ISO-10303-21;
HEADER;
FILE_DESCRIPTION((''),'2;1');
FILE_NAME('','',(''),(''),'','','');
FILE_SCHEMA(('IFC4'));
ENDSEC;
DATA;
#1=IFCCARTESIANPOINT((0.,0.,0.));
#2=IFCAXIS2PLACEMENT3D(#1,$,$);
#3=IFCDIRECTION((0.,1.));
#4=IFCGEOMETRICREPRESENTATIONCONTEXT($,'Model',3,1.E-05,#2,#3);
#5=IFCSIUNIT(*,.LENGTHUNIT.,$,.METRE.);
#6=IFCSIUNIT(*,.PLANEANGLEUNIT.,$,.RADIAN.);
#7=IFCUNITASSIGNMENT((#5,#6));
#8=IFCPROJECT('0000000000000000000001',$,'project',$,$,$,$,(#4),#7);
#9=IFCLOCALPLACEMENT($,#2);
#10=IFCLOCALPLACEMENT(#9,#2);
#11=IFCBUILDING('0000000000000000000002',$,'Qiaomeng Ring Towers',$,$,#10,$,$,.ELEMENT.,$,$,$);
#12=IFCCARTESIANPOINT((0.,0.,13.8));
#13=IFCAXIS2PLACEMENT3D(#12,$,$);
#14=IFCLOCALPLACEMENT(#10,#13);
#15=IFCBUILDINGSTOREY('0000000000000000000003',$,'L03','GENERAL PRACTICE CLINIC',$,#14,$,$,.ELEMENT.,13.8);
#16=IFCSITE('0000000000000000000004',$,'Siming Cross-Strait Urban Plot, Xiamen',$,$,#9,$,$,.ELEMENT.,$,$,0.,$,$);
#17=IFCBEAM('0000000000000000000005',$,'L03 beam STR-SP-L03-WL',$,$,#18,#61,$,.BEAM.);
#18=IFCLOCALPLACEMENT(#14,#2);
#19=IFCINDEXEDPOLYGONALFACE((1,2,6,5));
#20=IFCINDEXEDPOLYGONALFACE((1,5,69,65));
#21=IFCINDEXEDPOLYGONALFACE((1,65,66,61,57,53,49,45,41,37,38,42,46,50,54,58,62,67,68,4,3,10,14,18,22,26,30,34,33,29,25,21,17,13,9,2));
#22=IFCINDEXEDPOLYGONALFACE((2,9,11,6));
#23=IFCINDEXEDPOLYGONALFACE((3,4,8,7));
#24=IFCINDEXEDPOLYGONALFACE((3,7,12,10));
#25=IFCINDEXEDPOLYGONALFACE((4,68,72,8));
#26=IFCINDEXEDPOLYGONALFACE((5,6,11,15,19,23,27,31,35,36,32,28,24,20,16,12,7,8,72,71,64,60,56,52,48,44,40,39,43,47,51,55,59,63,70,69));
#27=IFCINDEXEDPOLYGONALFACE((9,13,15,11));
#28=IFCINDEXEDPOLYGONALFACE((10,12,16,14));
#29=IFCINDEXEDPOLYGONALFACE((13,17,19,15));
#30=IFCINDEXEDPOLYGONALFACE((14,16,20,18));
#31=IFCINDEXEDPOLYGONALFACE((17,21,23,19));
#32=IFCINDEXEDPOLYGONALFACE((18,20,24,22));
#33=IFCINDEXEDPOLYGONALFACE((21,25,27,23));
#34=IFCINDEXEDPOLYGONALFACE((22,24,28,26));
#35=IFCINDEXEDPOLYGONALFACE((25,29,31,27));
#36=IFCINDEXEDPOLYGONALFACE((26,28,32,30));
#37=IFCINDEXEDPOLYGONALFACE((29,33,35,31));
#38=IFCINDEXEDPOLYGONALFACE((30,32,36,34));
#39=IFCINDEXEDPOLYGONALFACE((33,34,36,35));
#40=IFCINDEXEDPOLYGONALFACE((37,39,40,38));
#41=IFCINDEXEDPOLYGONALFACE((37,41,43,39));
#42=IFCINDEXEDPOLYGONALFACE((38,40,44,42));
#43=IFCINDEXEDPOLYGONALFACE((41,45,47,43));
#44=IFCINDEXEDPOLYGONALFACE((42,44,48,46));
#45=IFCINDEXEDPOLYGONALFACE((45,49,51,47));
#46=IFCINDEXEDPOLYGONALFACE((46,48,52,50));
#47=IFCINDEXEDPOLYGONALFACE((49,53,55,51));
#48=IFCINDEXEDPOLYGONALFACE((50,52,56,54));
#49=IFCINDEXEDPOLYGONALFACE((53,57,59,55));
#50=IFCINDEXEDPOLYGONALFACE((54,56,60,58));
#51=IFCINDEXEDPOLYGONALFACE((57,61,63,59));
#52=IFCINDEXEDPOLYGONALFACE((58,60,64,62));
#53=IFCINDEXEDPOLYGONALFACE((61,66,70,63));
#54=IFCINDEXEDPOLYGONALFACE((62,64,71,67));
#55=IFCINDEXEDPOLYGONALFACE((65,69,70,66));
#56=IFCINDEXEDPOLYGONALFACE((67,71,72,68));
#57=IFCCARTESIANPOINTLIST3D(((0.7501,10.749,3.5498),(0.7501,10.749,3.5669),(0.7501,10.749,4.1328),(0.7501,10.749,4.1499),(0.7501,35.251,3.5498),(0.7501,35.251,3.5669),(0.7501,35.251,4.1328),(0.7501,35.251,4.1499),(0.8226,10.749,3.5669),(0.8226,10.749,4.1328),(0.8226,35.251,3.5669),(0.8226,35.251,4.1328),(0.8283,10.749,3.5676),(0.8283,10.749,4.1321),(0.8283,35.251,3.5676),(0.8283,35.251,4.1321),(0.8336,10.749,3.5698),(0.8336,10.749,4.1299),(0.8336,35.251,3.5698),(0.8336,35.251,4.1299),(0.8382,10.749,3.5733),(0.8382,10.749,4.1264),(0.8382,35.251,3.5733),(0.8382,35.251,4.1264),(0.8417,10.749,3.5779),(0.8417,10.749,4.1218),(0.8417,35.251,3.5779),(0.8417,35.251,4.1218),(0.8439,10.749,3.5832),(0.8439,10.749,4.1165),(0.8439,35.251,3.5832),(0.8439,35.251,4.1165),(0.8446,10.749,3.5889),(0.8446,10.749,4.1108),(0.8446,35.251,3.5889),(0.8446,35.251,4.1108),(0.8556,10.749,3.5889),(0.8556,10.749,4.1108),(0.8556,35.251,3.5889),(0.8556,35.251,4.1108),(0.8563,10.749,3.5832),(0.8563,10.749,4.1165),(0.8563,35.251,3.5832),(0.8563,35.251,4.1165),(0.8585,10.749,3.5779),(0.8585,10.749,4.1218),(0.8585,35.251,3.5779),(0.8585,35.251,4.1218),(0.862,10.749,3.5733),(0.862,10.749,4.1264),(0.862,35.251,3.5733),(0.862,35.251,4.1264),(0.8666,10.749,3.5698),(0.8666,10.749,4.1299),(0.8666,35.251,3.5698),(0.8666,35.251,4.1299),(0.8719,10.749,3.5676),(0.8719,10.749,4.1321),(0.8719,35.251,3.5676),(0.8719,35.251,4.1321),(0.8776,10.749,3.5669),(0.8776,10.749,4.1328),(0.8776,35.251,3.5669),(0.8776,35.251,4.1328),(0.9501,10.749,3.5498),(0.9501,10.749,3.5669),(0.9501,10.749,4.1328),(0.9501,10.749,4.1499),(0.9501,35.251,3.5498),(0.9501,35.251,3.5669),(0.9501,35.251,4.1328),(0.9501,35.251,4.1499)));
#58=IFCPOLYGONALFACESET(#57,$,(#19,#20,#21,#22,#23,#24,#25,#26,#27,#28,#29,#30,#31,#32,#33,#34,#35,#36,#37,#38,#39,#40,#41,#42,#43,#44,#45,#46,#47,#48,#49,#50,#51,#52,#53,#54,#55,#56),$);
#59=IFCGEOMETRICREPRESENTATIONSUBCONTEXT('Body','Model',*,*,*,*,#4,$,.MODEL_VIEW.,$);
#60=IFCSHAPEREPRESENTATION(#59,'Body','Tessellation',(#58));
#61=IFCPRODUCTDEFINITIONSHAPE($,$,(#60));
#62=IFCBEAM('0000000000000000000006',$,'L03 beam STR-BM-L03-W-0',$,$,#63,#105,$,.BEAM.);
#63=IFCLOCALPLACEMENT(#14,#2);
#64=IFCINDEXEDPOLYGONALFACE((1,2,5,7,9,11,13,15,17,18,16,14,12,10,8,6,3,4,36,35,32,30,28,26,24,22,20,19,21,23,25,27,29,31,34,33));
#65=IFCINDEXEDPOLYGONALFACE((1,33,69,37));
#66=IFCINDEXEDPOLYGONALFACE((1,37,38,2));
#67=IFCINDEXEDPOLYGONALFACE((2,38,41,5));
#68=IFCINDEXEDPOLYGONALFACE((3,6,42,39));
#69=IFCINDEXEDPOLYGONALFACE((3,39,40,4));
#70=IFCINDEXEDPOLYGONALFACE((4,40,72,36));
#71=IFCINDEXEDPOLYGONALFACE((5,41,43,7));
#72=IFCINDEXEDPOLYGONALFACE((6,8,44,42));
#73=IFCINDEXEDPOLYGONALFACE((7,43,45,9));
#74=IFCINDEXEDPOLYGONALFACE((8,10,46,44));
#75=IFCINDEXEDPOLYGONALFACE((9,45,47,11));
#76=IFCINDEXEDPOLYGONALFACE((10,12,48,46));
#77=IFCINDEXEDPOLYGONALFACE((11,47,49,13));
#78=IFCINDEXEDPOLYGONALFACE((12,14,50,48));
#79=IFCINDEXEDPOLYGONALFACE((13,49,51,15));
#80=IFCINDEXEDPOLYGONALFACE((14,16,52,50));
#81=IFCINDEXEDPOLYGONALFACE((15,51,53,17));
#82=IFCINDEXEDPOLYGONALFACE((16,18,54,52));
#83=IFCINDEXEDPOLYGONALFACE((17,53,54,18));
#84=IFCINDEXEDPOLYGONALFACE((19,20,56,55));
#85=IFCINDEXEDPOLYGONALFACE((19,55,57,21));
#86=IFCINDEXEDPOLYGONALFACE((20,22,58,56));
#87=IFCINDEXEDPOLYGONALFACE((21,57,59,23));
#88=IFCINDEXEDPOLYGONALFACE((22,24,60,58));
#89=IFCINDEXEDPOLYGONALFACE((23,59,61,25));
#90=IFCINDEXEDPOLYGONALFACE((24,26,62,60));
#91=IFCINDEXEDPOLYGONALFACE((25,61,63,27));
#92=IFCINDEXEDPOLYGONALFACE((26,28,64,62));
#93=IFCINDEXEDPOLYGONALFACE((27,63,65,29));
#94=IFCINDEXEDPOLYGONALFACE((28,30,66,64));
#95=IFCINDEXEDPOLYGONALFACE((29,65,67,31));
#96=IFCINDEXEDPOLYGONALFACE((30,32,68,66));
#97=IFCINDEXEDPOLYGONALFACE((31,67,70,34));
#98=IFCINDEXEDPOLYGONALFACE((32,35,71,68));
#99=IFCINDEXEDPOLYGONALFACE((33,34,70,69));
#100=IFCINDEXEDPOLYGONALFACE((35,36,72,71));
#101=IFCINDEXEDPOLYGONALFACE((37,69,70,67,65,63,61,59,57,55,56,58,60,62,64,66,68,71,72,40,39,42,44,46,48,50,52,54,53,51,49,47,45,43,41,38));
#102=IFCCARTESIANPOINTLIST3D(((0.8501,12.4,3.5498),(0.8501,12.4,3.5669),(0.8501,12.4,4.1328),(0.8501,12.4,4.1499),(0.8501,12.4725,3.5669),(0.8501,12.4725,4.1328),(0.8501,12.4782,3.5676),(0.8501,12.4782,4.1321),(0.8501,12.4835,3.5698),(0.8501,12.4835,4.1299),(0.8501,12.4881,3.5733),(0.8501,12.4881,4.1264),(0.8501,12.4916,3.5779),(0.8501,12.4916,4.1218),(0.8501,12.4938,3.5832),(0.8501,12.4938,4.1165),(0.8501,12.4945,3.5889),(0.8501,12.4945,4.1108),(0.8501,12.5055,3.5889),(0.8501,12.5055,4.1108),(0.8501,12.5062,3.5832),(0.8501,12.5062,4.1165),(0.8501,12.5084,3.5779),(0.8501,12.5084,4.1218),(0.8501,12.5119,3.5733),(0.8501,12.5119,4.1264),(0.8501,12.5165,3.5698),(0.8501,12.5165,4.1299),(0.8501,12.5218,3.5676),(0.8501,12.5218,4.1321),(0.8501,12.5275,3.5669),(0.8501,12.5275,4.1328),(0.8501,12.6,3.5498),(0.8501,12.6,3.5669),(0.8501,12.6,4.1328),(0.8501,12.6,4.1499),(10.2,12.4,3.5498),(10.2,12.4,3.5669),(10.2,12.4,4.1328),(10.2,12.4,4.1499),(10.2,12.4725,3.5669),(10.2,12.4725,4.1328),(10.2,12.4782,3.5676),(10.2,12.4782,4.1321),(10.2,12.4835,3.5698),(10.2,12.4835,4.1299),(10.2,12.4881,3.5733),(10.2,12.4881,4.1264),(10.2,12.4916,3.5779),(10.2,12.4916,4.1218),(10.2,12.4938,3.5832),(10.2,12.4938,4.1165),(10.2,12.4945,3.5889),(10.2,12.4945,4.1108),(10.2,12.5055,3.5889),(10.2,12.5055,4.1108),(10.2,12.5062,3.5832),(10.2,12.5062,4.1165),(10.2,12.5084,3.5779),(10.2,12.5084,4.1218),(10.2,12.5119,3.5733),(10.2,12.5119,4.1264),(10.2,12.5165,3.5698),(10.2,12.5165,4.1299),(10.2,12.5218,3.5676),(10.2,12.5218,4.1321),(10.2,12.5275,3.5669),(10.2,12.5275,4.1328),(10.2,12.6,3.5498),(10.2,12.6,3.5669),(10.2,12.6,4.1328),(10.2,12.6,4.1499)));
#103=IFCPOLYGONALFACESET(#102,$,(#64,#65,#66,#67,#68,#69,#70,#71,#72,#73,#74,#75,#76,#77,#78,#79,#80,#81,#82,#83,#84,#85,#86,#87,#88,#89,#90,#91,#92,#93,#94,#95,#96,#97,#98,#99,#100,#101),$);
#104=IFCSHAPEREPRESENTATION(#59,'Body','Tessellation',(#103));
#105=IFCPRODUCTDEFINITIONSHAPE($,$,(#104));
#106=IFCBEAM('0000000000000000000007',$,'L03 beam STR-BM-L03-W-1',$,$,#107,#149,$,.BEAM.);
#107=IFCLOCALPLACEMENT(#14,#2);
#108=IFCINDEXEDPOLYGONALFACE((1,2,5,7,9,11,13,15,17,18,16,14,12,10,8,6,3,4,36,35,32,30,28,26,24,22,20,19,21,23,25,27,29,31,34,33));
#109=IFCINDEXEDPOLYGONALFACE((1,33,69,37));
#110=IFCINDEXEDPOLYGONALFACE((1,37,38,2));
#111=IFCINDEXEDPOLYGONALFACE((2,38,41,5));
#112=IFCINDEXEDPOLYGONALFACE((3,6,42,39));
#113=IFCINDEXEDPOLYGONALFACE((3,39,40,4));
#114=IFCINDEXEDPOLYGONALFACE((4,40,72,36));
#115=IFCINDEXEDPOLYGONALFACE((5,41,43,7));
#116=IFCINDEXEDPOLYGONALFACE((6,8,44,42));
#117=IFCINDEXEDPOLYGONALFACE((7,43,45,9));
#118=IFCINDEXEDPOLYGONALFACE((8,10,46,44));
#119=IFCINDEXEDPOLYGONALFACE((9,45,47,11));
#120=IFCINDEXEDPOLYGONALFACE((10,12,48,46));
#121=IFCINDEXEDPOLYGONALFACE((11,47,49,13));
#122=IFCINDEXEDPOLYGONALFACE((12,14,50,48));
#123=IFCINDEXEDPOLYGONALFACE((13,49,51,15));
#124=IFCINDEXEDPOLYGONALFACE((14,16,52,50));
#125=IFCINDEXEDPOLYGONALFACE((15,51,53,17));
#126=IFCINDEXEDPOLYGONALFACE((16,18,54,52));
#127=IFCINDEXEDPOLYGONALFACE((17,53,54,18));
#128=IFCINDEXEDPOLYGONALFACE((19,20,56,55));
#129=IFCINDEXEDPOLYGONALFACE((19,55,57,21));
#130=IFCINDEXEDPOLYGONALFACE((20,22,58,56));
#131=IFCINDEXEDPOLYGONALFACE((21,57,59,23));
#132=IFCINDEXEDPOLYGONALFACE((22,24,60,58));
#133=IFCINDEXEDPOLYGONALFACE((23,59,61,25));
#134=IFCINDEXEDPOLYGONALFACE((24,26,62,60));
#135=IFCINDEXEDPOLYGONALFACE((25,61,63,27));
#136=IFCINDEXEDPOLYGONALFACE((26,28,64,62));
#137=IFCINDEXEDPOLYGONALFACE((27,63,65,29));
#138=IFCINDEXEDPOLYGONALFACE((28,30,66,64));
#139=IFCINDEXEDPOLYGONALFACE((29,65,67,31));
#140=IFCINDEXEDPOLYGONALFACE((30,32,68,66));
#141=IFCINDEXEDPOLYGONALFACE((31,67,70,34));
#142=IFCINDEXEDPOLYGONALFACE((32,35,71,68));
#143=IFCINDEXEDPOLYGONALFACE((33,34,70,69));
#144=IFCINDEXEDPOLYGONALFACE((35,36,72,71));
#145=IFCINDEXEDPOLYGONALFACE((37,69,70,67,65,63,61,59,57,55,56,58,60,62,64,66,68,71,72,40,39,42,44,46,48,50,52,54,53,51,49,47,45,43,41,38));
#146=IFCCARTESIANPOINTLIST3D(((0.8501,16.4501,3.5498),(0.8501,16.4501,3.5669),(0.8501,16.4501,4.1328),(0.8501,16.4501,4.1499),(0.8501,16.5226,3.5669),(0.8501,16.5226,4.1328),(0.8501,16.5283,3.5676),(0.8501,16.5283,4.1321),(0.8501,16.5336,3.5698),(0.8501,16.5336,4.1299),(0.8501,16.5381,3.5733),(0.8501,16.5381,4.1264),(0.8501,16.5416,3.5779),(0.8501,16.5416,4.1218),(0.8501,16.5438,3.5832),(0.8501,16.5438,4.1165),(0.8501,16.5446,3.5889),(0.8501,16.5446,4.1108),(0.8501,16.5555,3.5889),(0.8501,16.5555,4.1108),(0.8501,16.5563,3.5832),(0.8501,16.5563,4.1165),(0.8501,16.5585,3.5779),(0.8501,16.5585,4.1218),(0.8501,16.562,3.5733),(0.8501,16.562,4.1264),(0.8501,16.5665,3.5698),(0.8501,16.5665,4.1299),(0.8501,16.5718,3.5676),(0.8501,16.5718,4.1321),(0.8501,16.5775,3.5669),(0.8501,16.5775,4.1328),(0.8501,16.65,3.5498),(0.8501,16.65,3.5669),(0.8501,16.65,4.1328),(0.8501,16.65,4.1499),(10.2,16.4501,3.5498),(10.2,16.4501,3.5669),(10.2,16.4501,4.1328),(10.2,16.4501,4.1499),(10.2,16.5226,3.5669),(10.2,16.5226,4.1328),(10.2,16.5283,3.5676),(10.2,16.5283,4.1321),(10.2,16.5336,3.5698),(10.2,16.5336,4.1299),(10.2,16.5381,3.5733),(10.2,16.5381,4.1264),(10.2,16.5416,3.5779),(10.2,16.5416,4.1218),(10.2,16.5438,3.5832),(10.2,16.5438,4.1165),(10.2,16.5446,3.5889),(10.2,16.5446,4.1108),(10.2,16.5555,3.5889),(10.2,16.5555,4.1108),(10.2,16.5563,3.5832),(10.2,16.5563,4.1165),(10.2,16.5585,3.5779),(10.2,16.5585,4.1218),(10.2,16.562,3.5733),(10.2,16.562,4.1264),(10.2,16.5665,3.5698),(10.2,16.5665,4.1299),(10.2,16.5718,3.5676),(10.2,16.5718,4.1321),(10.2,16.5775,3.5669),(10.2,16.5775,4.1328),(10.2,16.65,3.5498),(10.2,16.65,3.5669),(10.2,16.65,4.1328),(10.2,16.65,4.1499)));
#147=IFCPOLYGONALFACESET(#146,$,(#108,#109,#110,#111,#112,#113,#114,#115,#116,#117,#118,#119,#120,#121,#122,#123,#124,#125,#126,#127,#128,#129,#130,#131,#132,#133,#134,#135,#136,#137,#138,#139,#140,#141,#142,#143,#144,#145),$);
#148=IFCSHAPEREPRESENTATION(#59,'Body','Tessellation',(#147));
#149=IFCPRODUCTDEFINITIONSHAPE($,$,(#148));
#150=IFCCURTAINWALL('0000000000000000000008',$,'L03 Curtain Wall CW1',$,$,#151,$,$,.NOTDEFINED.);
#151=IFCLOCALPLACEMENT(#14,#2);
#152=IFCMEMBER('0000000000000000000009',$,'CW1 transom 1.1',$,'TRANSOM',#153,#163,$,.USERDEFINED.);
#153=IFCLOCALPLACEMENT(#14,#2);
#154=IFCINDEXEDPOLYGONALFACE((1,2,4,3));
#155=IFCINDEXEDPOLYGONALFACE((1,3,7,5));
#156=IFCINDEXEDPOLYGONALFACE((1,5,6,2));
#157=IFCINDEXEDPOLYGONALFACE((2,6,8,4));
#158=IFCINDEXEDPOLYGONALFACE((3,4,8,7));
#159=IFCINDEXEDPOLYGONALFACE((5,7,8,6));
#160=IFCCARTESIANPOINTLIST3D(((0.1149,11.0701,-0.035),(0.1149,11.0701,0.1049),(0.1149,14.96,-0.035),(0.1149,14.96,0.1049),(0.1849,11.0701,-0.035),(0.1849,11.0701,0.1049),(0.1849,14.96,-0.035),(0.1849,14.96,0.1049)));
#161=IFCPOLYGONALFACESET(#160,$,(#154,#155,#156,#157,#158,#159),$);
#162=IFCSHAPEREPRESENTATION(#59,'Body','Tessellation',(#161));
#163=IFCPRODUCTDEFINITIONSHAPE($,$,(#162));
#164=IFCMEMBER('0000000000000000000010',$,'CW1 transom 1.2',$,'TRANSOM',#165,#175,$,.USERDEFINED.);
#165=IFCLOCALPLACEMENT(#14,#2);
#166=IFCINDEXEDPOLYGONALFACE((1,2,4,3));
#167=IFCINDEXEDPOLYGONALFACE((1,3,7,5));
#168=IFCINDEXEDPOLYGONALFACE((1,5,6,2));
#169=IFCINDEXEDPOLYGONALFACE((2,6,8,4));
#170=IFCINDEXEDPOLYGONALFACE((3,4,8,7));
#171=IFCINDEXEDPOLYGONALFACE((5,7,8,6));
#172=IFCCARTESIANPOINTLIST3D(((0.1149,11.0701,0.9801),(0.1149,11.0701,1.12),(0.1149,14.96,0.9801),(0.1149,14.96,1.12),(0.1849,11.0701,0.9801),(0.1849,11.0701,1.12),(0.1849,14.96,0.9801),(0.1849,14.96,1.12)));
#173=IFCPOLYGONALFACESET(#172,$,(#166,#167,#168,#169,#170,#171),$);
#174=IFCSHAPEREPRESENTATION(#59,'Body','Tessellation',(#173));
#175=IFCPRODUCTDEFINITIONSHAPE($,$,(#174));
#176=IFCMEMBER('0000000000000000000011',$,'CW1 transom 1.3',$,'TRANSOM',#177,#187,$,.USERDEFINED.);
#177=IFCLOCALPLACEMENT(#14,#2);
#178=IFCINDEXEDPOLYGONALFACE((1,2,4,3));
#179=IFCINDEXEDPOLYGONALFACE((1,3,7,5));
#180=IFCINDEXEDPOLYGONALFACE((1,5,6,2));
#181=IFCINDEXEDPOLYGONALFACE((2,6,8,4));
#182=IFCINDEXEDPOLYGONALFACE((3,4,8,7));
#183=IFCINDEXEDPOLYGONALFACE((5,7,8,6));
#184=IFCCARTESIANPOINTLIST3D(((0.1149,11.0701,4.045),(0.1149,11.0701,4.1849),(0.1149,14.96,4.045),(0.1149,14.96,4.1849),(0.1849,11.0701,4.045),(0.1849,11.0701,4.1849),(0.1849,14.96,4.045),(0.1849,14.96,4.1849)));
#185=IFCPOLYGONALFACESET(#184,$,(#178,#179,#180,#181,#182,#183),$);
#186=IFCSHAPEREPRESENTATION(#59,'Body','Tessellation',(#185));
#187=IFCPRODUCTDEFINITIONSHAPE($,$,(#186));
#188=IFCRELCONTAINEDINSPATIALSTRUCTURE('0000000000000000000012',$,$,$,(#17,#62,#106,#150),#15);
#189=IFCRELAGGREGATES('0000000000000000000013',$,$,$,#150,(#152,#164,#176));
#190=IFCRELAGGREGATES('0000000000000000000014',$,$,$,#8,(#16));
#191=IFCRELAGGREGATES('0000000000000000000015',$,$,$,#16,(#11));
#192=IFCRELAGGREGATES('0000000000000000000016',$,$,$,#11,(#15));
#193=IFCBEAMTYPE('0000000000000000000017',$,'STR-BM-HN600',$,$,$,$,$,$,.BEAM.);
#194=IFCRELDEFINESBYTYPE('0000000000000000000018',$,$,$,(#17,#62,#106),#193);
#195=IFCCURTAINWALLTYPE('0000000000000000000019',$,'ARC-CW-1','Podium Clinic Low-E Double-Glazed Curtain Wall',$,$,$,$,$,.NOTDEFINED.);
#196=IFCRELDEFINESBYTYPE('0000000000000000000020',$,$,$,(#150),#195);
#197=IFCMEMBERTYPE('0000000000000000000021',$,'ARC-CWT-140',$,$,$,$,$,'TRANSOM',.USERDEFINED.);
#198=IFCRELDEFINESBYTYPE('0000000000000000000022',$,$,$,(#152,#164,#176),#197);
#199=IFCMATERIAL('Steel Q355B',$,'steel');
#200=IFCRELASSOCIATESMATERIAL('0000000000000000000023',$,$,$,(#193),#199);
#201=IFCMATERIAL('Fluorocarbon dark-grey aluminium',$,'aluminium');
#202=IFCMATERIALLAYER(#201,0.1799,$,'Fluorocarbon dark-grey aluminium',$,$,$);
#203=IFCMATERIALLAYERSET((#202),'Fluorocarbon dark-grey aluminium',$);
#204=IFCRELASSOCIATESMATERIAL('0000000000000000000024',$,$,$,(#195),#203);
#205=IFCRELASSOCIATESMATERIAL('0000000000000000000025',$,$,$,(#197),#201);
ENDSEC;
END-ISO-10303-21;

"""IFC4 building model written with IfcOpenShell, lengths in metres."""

from ifc_helpers import new_model, si_unit, direction, frame, origin, origin_2d, place, context, subcontext, project, spatial, rectangle, i_section, extrude, source, transform, mapped, material, layer, layer_set, material_profile, profile_set, type_object, element, aggregate, save


model = new_model("IFC4")

# Units and contexts
model_context = context("Model", 3, precision=1e-05, world=origin(), true_north=direction((0.0, 1.0)))
body_context = subcontext(model_context, "Body", "Model", "MODEL_VIEW")
ifc_project = project(units=[si_unit("LENGTHUNIT", "METRE"), si_unit("PLANEANGLEUNIT", "RADIAN")], contexts=[model_context])

# Site, building, storey
site_placement = place(None, origin())
site = spatial("IfcSite", under=ifc_project, at=site_placement, Name="Siming Cross-Strait Urban Plot, Xiamen", CompositionType="ELEMENT", RefElevation=0.0)
building_placement = place(site_placement, origin())
building = spatial("IfcBuilding", under=site, at=building_placement, Name="Qiaomeng Ring Towers", CompositionType="ELEMENT")
storey_placement = place(building_placement, frame((0.0, 0.0, 13.8)))
storey = spatial("IfcBuildingStorey", under=building, at=storey_placement, Name="L03", Description="GENERAL PRACTICE CLINIC", CompositionType="ELEMENT", Elevation=13.8)

# Beams
ifc_material_1 = material(Name="Steel Q355B", Category="steel")
ifc_material_profile_1 = material_profile(ifc_material_1, i_section(OverallWidth=0.2, OverallDepth=0.6001, WebThickness=0.011, FlangeThickness=0.0171, FilletRadius=0.022, at=origin_2d()), Name="HN 600x200x11x17")
ifc_profile_set_1 = profile_set([ifc_material_profile_1], Name="Steel Q355B")
beam_type = type_object("IfcBeamType", Name="STR-BM-HN600", PredefinedType="BEAM", material=ifc_profile_set_1)
shared_shape_1 = source(origin(), body_context, "Body", "SweptSolid", [
    extrude(i_section(OverallWidth=0.2, OverallDepth=0.6001, WebThickness=0.011, FlangeThickness=0.0171, FilletRadius=0.022, at=origin_2d()), origin(), (0.0, 0.0, 1.0), 24.502),
])
beam_placement = place(storey_placement, frame((0.8501, 10.749, 3.8499), z_axis=(0.0, 1.0, 0.0), x_axis=(-1.0, 0.0, 0.0)))
element("IfcBeam", 1, at=beam_placement, inside=storey, type_object=beam_type, Name="L03 beam STR-SP-L03-WL", PredefinedType="BEAM", context=body_context, shape_type="MappedRepresentation", body=[
    mapped(shared_shape_1, transform((0.0, 0.0, 0.0), x_axis=(1.0, 0.0, 0.0), y_axis=(0.0, 1.0, 0.0), z_axis=(0.0, 0.0, 1.0), scale=1.0)),
])
shared_shape_2 = source(origin(), body_context, "Body", "SweptSolid", [
    extrude(i_section(OverallWidth=0.2, OverallDepth=0.6001, WebThickness=0.011, FlangeThickness=0.0171, FilletRadius=0.022, at=origin_2d()), origin(), (0.0, 0.0, 1.0), 9.3499),
])
for number, where, z_axis, x_axis, name in (
    (2, (0.8501, 12.5, 3.8499), (1.0, 0.0, 0.0), (0.0, 1.0, 0.0), "L03 beam STR-BM-L03-W-0"),
    (3, (0.8501, 16.55, 3.8499), (1.0, 0.0, 0.0), (0.0, 1.0, 0.0), "L03 beam STR-BM-L03-W-1"),
):
    element("IfcBeam", number, at=place(storey_placement, frame(where, z_axis=z_axis, x_axis=x_axis)), inside=storey, type_object=beam_type, Name=name, PredefinedType="BEAM", context=body_context, shape_type="MappedRepresentation", body=[
        mapped(shared_shape_2, transform((0.0, 0.0, 0.0), x_axis=(1.0, 0.0, 0.0), y_axis=(0.0, 1.0, 0.0), z_axis=(0.0, 0.0, 1.0), scale=1.0)),
    ])

# Curtain wall, members
ifc_material_2 = material(Name="Fluorocarbon dark-grey aluminium", Category="aluminium")
ifc_layer_1 = layer(ifc_material_2, 0.1799, Name="Fluorocarbon dark-grey aluminium")
ifc_layer_set_1 = layer_set([ifc_layer_1], Name="Fluorocarbon dark-grey aluminium")
curtain_wall_type = type_object("IfcCurtainWallType", Name="ARC-CW-1", Description="Podium Clinic Low-E Double-Glazed Curtain Wall", PredefinedType="NOTDEFINED", material=ifc_layer_set_1)
curtain_wall_placement = place(storey_placement, origin())
curtain_wall = element("IfcCurtainWall", 4, at=curtain_wall_placement, inside=storey, type_object=curtain_wall_type, Name="L03 Curtain Wall CW1", PredefinedType="NOTDEFINED")
ifc_material_profile_2 = material_profile(ifc_material_2, rectangle(XDim=0.0701, YDim=0.1399, at=origin_2d()), Name="ALU TRAN 70x140")
ifc_profile_set_2 = profile_set([ifc_material_profile_2], Name="Fluorocarbon dark-grey aluminium")
member_type_1 = type_object("IfcMemberType", Name="ARC-CWT-140", ElementType="TRANSOM", PredefinedType="USERDEFINED", material=ifc_profile_set_2)
shared_shape_3 = source(origin(), body_context, "Body", "SweptSolid", [
    extrude(rectangle(XDim=0.0701, YDim=0.1399, at=origin_2d()), origin(), (0.0, 0.0, 1.0), 3.8899),
])
member_1_placement = place(storey_placement, frame((0.1499, 11.0701, 0.0349), z_axis=(0.0, 1.0, 0.0), x_axis=(-1.0, 0.0, 0.0)))
member_1 = element("IfcMember", 5, at=member_1_placement, type_object=member_type_1, Name="CW1 transom 1.1", ObjectType="TRANSOM", PredefinedType="USERDEFINED", context=body_context, shape_type="MappedRepresentation", body=[
    mapped(shared_shape_3, transform((0.0, 0.0, 0.0), x_axis=(1.0, 0.0, 0.0), y_axis=(0.0, 1.0, 0.0), z_axis=(0.0, 0.0, 1.0), scale=1.0)),
])
member_2_placement = place(storey_placement, frame((0.1499, 11.0701, 1.05), z_axis=(0.0, 1.0, 0.0), x_axis=(-1.0, 0.0, 0.0)))
member_2 = element("IfcMember", 6, at=member_2_placement, type_object=member_type_1, Name="CW1 transom 1.2", ObjectType="TRANSOM", PredefinedType="USERDEFINED", context=body_context, shape_type="MappedRepresentation", body=[
    mapped(shared_shape_3, transform((0.0, 0.0, 0.0), x_axis=(1.0, 0.0, 0.0), y_axis=(0.0, 1.0, 0.0), z_axis=(0.0, 0.0, 1.0), scale=1.0)),
])
member_3_placement = place(storey_placement, frame((0.1499, 11.0701, 4.115), z_axis=(0.0, 1.0, 0.0), x_axis=(-1.0, 0.0, 0.0)))
member_3 = element("IfcMember", 7, at=member_3_placement, type_object=member_type_1, Name="CW1 transom 1.3", ObjectType="TRANSOM", PredefinedType="USERDEFINED", context=body_context, shape_type="MappedRepresentation", body=[
    mapped(shared_shape_3, transform((0.0, 0.0, 0.0), x_axis=(1.0, 0.0, 0.0), y_axis=(0.0, 1.0, 0.0), z_axis=(0.0, 0.0, 1.0), scale=1.0)),
])
aggregate(curtain_wall, [member_1, member_2, member_3])

save(model, "model.ifc")
